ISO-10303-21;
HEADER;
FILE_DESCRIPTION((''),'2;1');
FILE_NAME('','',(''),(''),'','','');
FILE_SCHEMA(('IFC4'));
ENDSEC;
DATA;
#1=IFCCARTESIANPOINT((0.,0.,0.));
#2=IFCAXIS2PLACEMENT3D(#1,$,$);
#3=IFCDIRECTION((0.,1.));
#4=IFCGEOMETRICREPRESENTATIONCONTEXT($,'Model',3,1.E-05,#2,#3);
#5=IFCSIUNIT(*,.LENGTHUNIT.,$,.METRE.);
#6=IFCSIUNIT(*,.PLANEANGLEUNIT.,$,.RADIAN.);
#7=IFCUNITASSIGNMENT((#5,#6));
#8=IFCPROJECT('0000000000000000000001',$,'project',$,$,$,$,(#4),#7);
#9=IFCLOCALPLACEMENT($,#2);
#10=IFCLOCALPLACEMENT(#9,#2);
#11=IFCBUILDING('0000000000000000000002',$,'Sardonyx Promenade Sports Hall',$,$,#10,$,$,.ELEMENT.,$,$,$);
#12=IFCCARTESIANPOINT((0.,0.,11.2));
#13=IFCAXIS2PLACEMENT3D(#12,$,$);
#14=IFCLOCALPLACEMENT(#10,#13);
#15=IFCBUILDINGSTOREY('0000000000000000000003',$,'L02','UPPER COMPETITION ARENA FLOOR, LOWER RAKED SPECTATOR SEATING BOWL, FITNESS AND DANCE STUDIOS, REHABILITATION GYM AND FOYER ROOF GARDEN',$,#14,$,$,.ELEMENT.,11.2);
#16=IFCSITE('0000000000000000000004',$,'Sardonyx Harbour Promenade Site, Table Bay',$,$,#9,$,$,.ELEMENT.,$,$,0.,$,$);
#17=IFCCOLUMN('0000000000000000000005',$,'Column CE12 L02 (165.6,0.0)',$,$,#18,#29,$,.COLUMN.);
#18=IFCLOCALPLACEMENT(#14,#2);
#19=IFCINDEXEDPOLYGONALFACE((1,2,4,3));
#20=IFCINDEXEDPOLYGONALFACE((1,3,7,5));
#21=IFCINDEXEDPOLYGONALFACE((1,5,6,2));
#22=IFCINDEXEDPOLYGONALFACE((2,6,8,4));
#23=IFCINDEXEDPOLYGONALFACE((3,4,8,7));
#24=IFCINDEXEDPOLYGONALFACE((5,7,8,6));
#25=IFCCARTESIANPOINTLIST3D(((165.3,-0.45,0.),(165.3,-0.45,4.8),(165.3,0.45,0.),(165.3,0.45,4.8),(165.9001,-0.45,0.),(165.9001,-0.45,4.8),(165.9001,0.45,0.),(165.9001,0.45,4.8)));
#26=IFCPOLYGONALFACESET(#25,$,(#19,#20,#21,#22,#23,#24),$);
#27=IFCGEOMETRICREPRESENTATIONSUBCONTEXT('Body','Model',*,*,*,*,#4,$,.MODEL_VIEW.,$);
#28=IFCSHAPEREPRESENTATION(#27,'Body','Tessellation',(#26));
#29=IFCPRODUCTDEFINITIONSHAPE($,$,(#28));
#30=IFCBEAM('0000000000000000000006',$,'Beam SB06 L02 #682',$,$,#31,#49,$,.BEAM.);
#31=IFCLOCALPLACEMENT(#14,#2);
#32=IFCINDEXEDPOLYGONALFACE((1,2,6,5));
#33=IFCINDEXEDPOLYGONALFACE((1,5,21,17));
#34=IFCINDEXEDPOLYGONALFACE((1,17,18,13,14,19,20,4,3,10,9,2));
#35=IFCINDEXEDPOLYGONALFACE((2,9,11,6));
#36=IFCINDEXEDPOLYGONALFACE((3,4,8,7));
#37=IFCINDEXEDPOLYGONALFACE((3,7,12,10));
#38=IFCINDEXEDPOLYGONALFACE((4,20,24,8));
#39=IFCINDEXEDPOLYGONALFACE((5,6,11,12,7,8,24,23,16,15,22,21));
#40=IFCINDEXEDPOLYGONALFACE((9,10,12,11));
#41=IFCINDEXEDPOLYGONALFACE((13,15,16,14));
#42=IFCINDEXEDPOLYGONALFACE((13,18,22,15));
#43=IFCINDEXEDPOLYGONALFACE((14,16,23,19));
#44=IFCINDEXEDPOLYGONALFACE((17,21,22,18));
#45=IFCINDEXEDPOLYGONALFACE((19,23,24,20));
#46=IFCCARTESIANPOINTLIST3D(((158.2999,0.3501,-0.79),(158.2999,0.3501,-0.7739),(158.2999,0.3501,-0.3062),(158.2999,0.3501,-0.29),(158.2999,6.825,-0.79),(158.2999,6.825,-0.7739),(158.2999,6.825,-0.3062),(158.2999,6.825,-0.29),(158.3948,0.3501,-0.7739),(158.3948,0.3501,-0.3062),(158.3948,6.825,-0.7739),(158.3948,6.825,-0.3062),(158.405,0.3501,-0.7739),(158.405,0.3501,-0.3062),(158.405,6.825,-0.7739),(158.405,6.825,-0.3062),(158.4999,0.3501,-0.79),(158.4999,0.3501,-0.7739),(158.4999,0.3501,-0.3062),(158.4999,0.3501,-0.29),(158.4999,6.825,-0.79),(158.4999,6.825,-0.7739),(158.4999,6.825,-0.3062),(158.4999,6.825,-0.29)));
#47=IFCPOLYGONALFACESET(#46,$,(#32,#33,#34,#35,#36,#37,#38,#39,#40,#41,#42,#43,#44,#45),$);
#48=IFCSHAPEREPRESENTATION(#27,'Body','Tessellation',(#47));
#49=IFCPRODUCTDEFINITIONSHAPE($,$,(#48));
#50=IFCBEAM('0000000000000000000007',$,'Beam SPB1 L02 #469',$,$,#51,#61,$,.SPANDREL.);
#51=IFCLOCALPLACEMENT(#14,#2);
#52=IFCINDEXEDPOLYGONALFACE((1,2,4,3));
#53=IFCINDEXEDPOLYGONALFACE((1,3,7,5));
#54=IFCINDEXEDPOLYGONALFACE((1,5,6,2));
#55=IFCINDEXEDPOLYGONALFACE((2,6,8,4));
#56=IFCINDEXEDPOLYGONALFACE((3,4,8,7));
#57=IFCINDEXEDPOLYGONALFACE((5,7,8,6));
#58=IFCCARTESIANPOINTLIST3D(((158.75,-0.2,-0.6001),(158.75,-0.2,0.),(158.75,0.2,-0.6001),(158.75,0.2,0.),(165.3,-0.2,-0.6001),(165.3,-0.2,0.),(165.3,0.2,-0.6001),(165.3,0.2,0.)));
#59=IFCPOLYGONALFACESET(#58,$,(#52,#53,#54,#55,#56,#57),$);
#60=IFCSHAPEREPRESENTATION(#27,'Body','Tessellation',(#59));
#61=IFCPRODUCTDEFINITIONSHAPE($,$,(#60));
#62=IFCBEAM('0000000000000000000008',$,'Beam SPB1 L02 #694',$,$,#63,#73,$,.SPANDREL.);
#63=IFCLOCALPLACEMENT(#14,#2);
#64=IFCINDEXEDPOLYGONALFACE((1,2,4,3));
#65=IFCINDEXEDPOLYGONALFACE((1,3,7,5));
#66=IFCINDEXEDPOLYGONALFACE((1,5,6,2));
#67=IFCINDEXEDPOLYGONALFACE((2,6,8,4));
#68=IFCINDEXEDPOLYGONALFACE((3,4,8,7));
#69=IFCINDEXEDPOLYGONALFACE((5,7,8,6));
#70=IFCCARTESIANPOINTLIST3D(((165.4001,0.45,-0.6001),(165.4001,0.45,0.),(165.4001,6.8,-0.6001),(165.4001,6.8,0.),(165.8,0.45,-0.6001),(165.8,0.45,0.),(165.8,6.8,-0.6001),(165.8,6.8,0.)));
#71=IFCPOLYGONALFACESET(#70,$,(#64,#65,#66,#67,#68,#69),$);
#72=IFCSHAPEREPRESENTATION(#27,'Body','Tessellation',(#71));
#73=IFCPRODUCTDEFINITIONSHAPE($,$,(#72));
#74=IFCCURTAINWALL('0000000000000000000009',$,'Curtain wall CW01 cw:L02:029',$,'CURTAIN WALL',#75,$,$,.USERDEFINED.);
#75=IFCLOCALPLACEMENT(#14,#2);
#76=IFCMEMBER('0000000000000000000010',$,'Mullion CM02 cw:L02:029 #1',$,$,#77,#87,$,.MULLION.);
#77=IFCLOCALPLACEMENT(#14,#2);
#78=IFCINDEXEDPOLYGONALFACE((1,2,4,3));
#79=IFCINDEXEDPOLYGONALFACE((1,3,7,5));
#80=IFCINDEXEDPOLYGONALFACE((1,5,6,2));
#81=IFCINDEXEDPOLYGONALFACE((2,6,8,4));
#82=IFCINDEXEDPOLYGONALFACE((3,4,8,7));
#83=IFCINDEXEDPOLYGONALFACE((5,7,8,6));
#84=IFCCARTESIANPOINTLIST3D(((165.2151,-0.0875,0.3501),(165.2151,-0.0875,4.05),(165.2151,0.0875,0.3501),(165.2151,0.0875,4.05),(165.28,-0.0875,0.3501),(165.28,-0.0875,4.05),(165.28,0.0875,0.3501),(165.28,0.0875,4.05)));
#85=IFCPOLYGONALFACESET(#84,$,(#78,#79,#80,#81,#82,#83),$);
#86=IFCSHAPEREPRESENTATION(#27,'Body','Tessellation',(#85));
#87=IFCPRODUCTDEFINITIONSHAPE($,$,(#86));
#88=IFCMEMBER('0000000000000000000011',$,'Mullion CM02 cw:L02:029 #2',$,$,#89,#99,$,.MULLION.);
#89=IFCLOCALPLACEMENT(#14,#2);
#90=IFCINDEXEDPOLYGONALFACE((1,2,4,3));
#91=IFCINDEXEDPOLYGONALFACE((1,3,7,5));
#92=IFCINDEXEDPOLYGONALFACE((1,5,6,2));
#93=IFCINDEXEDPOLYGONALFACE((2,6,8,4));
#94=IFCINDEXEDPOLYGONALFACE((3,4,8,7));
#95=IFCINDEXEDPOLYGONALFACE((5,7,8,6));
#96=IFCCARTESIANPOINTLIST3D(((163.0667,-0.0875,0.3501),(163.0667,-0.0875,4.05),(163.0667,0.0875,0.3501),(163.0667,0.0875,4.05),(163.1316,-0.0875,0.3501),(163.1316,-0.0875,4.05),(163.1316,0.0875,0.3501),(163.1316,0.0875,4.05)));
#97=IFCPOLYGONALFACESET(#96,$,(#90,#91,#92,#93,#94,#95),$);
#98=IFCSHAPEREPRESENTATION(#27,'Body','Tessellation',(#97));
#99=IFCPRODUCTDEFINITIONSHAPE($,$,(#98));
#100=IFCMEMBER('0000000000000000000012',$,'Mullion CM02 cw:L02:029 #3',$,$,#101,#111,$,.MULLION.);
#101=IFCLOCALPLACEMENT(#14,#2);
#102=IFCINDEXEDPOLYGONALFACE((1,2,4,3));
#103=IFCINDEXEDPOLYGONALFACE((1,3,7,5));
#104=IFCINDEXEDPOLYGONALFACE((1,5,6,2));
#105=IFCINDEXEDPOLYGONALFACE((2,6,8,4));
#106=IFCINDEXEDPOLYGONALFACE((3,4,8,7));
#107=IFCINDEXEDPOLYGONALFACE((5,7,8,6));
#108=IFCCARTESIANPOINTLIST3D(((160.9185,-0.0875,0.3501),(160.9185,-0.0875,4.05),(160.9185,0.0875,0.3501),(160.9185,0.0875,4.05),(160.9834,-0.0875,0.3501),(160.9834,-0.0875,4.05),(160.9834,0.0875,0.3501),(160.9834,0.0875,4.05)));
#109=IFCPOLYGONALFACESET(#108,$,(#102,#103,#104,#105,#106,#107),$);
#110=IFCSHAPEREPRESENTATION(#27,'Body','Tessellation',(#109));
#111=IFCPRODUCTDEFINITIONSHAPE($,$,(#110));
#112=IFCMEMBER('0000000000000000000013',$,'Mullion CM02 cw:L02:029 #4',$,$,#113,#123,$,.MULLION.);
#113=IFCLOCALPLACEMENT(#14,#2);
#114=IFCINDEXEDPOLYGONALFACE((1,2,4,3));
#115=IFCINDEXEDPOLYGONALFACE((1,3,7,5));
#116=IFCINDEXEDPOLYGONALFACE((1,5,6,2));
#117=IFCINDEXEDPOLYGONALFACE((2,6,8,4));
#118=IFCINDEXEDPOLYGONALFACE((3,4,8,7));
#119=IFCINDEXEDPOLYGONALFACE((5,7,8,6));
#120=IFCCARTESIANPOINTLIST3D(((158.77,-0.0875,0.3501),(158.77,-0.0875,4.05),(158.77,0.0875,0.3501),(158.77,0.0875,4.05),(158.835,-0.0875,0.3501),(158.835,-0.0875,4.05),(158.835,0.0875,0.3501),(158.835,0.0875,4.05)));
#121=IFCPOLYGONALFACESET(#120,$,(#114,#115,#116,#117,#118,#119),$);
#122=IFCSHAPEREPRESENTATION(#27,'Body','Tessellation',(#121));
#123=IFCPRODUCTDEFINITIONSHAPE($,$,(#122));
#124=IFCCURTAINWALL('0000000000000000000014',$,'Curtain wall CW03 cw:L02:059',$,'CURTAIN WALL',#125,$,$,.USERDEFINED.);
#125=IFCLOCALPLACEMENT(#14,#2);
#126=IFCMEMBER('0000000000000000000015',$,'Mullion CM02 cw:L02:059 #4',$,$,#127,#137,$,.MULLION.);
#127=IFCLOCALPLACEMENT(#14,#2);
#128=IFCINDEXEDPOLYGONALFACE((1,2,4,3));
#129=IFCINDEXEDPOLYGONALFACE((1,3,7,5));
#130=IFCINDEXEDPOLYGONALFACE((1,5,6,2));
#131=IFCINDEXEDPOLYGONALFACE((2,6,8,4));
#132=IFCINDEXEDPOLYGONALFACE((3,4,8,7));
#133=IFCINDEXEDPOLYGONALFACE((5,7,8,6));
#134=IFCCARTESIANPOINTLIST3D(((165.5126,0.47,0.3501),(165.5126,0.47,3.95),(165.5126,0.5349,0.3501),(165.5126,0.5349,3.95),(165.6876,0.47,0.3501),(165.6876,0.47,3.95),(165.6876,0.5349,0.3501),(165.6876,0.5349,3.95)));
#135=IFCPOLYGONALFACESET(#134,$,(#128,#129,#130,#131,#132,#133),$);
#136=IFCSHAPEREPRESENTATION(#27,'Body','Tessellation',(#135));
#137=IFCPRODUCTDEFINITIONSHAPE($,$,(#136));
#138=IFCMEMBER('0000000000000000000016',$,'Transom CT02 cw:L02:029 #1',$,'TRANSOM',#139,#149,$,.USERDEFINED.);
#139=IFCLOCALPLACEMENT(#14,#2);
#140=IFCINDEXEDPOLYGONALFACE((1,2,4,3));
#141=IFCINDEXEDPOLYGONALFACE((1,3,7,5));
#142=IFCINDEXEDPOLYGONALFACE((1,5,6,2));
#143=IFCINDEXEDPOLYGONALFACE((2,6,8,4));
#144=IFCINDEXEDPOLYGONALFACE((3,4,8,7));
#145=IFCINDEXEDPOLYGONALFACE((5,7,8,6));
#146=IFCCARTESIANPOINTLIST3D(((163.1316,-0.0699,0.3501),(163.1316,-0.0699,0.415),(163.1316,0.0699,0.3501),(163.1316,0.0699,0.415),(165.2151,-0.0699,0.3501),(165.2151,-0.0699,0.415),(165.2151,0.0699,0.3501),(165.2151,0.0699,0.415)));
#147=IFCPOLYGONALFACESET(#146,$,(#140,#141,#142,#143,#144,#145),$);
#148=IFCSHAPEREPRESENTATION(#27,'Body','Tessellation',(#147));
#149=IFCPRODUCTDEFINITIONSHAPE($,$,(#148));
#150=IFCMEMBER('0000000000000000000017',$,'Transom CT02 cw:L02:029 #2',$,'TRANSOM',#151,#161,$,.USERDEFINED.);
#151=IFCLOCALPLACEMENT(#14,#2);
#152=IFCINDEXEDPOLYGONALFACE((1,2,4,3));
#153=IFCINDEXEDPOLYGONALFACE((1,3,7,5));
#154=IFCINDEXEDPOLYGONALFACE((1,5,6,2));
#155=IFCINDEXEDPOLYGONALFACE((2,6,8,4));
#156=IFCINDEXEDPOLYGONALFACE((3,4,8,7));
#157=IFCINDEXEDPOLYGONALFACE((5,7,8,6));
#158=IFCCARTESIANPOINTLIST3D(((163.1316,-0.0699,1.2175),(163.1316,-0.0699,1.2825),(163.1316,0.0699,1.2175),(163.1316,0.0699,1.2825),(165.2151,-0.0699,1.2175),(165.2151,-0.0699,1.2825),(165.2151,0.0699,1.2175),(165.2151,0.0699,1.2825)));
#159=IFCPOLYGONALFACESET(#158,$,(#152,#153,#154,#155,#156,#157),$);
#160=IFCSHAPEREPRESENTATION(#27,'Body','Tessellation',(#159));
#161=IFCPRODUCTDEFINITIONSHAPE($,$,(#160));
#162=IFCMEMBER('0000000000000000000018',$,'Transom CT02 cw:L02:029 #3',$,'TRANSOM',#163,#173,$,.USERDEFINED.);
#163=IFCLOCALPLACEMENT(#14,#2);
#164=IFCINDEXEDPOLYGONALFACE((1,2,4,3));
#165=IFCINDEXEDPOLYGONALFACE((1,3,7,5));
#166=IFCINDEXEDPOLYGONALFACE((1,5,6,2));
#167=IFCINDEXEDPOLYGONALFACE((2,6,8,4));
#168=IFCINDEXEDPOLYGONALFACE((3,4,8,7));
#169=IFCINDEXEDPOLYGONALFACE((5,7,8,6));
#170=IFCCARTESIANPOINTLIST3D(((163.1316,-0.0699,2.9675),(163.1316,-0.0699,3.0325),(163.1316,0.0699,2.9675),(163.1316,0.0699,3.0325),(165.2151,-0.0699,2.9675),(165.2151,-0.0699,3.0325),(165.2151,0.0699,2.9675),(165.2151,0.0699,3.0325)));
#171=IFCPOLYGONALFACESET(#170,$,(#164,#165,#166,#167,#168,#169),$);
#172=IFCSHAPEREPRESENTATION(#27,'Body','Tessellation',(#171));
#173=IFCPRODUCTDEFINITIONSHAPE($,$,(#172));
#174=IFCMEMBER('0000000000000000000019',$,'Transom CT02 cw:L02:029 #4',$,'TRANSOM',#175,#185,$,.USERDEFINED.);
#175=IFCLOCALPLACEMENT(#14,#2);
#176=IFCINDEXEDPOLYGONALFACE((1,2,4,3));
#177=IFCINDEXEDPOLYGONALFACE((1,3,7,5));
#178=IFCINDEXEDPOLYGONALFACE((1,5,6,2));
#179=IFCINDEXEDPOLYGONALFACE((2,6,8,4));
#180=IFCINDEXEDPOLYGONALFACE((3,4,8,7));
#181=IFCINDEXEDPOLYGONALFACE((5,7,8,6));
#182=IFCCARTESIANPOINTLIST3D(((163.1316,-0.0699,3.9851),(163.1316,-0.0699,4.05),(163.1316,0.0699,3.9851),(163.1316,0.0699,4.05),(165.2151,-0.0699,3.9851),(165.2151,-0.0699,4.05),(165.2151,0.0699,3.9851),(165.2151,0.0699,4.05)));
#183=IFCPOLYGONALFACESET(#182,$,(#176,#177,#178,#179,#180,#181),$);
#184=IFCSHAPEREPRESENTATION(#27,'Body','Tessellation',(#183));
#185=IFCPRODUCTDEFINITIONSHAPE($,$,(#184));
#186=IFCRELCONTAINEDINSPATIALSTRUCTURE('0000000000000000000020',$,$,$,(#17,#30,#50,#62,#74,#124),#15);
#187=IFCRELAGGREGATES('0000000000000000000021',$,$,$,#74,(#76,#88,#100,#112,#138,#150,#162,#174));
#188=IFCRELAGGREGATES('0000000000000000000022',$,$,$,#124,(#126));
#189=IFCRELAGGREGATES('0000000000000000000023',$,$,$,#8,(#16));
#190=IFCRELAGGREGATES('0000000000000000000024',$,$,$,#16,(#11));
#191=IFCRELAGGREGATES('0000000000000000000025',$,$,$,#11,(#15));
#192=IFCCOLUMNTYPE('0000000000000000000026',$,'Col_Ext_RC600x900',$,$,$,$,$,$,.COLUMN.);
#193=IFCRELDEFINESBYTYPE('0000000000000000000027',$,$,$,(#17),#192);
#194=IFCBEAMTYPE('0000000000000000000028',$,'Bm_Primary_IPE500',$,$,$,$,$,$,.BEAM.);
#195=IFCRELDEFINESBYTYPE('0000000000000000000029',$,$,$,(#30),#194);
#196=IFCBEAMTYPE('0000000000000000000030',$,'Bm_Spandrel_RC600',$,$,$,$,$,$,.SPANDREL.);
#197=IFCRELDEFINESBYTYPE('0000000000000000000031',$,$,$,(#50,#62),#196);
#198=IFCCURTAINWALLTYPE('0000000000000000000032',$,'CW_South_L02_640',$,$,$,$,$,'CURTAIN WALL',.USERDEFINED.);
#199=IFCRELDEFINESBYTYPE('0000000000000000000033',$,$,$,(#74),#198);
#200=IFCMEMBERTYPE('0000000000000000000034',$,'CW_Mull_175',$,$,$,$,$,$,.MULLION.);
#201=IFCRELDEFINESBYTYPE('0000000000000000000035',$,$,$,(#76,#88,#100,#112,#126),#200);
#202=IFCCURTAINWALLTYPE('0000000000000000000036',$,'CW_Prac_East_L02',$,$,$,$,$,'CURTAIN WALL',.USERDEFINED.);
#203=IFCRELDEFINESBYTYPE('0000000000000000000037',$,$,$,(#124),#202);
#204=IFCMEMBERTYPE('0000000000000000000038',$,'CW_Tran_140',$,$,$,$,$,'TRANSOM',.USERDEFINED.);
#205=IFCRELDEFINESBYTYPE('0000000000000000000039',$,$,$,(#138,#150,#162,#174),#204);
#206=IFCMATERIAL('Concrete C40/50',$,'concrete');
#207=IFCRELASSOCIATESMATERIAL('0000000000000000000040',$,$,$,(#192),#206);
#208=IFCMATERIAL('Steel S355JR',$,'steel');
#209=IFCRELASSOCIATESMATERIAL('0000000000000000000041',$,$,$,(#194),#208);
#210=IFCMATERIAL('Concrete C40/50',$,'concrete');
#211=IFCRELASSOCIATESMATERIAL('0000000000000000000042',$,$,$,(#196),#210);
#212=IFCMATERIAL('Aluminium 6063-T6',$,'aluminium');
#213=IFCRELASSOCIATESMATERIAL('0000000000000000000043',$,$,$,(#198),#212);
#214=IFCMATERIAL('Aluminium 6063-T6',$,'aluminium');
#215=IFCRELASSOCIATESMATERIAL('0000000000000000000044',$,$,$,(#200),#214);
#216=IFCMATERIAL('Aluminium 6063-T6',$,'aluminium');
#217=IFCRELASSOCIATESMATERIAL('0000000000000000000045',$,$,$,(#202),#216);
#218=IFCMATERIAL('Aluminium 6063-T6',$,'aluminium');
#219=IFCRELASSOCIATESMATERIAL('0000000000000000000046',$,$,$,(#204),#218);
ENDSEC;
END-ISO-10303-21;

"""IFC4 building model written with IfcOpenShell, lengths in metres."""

from ifc_helpers import new_model, si_unit, direction, frame, origin, origin_2d, place, context, subcontext, project, spatial, rectangle, i_section, extrude, material, material_profile, profile_set, type_object, element, aggregate, save


model = new_model("IFC4")

# Units and contexts
model_context = context("Model", 3, precision=1e-05, world=origin(), true_north=direction((0.0, 1.0)))
body_context = subcontext(model_context, "Body", "Model", "MODEL_VIEW")
ifc_project = project(units=[si_unit("LENGTHUNIT", "METRE"), si_unit("PLANEANGLEUNIT", "RADIAN")], contexts=[model_context])

# Site, building, storey
site_placement = place(None, origin())
site = spatial("IfcSite", under=ifc_project, at=site_placement, Name="Sardonyx Harbour Promenade Site, Table Bay", CompositionType="ELEMENT", RefElevation=0.0)
building_placement = place(site_placement, origin())
building = spatial("IfcBuilding", under=site, at=building_placement, Name="Sardonyx Promenade Sports Hall", CompositionType="ELEMENT")
storey_placement = place(building_placement, frame((0.0, 0.0, 11.2)))
storey = spatial("IfcBuildingStorey", under=building, at=storey_placement, Name="L02", Description="UPPER COMPETITION ARENA FLOOR, LOWER RAKED SPECTATOR SEATING BOWL, FITNESS AND DANCE STUDIOS, REHABILITATION GYM AND FOYER ROOF GARDEN", CompositionType="ELEMENT", Elevation=11.2)

# Column
ifc_material_1 = material(Name="Concrete C40/50", Category="concrete")
ifc_material_profile_1 = material_profile(ifc_material_1, rectangle(XDim=0.6001, YDim=0.8999, at=origin_2d()))
ifc_profile_set_1 = profile_set([ifc_material_profile_1], Name="Concrete C40/50")
column_type = type_object("IfcColumnType", Name="Col_Ext_RC600x900", PredefinedType="COLUMN", material=ifc_profile_set_1)
column_placement = place(storey_placement, frame((165.6001, 0.0, 0.0), z_axis=(0.0, 0.0, 1.0), x_axis=(1.0, 0.0, 0.0)))
element("IfcColumn", 1, at=column_placement, inside=storey, type_object=column_type, Name="Column CE12 L02 (165.6,0.0)", PredefinedType="COLUMN", context=body_context, shape_type="SweptSolid", body=[
    extrude(rectangle(XDim=0.6001, YDim=0.8999, at=origin_2d()), origin(), (0.0, 0.0, 1.0), 4.8),
])

# Beams
ifc_material_2 = material(Name="Steel S355JR", Category="steel")
ifc_material_profile_2 = material_profile(ifc_material_2, i_section(OverallWidth=0.2, OverallDepth=0.5, WebThickness=0.0103, FlangeThickness=0.0161, at=origin_2d()))
ifc_profile_set_2 = profile_set([ifc_material_profile_2], Name="Steel S355JR")
beam_type_1 = type_object("IfcBeamType", Name="Bm_Primary_IPE500", PredefinedType="BEAM", material=ifc_profile_set_2)
beam_1_placement = place(storey_placement, frame((158.3999, 0.3501, -0.54), z_axis=(0.0, 1.0, 0.0), x_axis=(-1.0, 0.0, 0.0)))
element("IfcBeam", 2, at=beam_1_placement, inside=storey, type_object=beam_type_1, Name="Beam SB06 L02 #682", PredefinedType="BEAM", context=body_context, shape_type="SweptSolid", body=[
    extrude(i_section(OverallWidth=0.2, OverallDepth=0.5, WebThickness=0.0103, FlangeThickness=0.0161, at=origin_2d()), origin(), (0.0, 0.0, 1.0), 6.4749),
])
ifc_material_3 = material(Name="Concrete C40/50", Category="concrete")
ifc_material_profile_3 = material_profile(ifc_material_3, rectangle(XDim=0.3999, YDim=0.6001, at=origin_2d()))
ifc_profile_set_3 = profile_set([ifc_material_profile_3], Name="Concrete C40/50")
beam_type_2 = type_object("IfcBeamType", Name="Bm_Spandrel_RC600", PredefinedType="SPANDREL", material=ifc_profile_set_3)
beam_2_placement = place(storey_placement, frame((158.75, 0.0, -0.3), z_axis=(1.0, 0.0, 0.0), x_axis=(0.0, 1.0, 0.0)))
element("IfcBeam", 3, at=beam_2_placement, inside=storey, type_object=beam_type_2, Name="Beam SPB1 L02 #469", PredefinedType="SPANDREL", context=body_context, shape_type="SweptSolid", body=[
    extrude(rectangle(XDim=0.3999, YDim=0.6001, at=origin_2d()), origin(), (0.0, 0.0, 1.0), 6.55),
])
beam_3_placement = place(storey_placement, frame((165.6001, 0.45, -0.3), z_axis=(0.0, 1.0, 0.0), x_axis=(-1.0, 0.0, 0.0)))
element("IfcBeam", 4, at=beam_3_placement, inside=storey, type_object=beam_type_2, Name="Beam SPB1 L02 #694", PredefinedType="SPANDREL", context=body_context, shape_type="SweptSolid", body=[
    extrude(rectangle(XDim=0.3999, YDim=0.6001, at=origin_2d()), origin(), (0.0, 0.0, 1.0), 6.3501),
])

# Curtain wall, members
ifc_material_4 = material(Name="Aluminium 6063-T6", Category="aluminium")
curtain_wall_type_1 = type_object("IfcCurtainWallType", Name="CW_South_L02_640", ElementType="CURTAIN WALL", PredefinedType="USERDEFINED", material=ifc_material_4)
curtain_wall_1_placement = place(storey_placement, origin())
curtain_wall_1 = element("IfcCurtainWall", 5, at=curtain_wall_1_placement, inside=storey, type_object=curtain_wall_type_1, Name="Curtain wall CW01 cw:L02:029", ObjectType="CURTAIN WALL", PredefinedType="USERDEFINED")
ifc_material_5 = material(Name="Aluminium 6063-T6", Category="aluminium")
ifc_material_profile_4 = material_profile(ifc_material_5, rectangle(XDim=0.0649, YDim=0.175, at=origin_2d()))
ifc_profile_set_4 = profile_set([ifc_material_profile_4], Name="Aluminium 6063-T6")
member_type_1 = type_object("IfcMemberType", Name="CW_Mull_175", PredefinedType="MULLION", material=ifc_profile_set_4)
member_1_placement = place(storey_placement, frame((165.2476, 0.0, 0.3501), z_axis=(0.0, 0.0, 1.0), x_axis=(-1.0, 0.0, 0.0)))
member_1 = element("IfcMember", 6, at=member_1_placement, type_object=member_type_1, Name="Mullion CM02 cw:L02:029 #1", PredefinedType="MULLION", context=body_context, shape_type="SweptSolid", body=[
    extrude(rectangle(XDim=0.0649, YDim=0.175, at=origin_2d()), origin(), (0.0, 0.0, 1.0), 3.7),
])
member_2_placement = place(storey_placement, frame((163.0991, 0.0, 0.3501), z_axis=(0.0, 0.0, 1.0), x_axis=(-1.0, 0.0, 0.0)))
member_2 = element("IfcMember", 7, at=member_2_placement, type_object=member_type_1, Name="Mullion CM02 cw:L02:029 #2", PredefinedType="MULLION", context=body_context, shape_type="SweptSolid", body=[
    extrude(rectangle(XDim=0.0649, YDim=0.175, at=origin_2d()), origin(), (0.0, 0.0, 1.0), 3.7),
])
member_3_placement = place(storey_placement, frame((160.9509, 0.0, 0.3501), z_axis=(0.0, 0.0, 1.0), x_axis=(-1.0, 0.0, 0.0)))
member_3 = element("IfcMember", 8, at=member_3_placement, type_object=member_type_1, Name="Mullion CM02 cw:L02:029 #3", PredefinedType="MULLION", context=body_context, shape_type="SweptSolid", body=[
    extrude(rectangle(XDim=0.0649, YDim=0.175, at=origin_2d()), origin(), (0.0, 0.0, 1.0), 3.7),
])
member_4_placement = place(storey_placement, frame((158.8025, 0.0, 0.3501), z_axis=(0.0, 0.0, 1.0), x_axis=(-1.0, 0.0, 0.0)))
member_4 = element("IfcMember", 9, at=member_4_placement, type_object=member_type_1, Name="Mullion CM02 cw:L02:029 #4", PredefinedType="MULLION", context=body_context, shape_type="SweptSolid", body=[
    extrude(rectangle(XDim=0.0649, YDim=0.175, at=origin_2d()), origin(), (0.0, 0.0, 1.0), 3.7),
])

# Curtain wall, member
ifc_material_6 = material(Name="Aluminium 6063-T6", Category="aluminium")
curtain_wall_type_2 = type_object("IfcCurtainWallType", Name="CW_Prac_East_L02", ElementType="CURTAIN WALL", PredefinedType="USERDEFINED", material=ifc_material_6)
curtain_wall_2_placement = place(storey_placement, origin())
curtain_wall_2 = element("IfcCurtainWall", 10, at=curtain_wall_2_placement, inside=storey, type_object=curtain_wall_type_2, Name="Curtain wall CW03 cw:L02:059", ObjectType="CURTAIN WALL", PredefinedType="USERDEFINED")
member_5_placement = place(storey_placement, frame((165.6001, 0.5024, 0.3501), z_axis=(0.0, 0.0, 1.0), x_axis=(0.0, -1.0, 0.0)))
member_5 = element("IfcMember", 11, at=member_5_placement, type_object=member_type_1, Name="Mullion CM02 cw:L02:059 #4", PredefinedType="MULLION", context=body_context, shape_type="SweptSolid", body=[
    extrude(rectangle(XDim=0.0649, YDim=0.175, at=origin_2d()), origin(), (0.0, 0.0, 1.0), 3.5999),
])

# Members
ifc_material_7 = material(Name="Aluminium 6063-T6", Category="aluminium")
ifc_material_profile_5 = material_profile(ifc_material_7, rectangle(XDim=0.0649, YDim=0.1399, at=origin_2d()))
ifc_profile_set_5 = profile_set([ifc_material_profile_5], Name="Aluminium 6063-T6")
member_type_2 = type_object("IfcMemberType", Name="CW_Tran_140", ElementType="TRANSOM", PredefinedType="USERDEFINED", material=ifc_profile_set_5)
member_6_placement = place(storey_placement, frame((165.2151, 0.0, 0.3826), z_axis=(-1.0, 0.0, 0.0), x_axis=(0.0, 0.0, 1.0)))
member_6 = element("IfcMember", 12, at=member_6_placement, type_object=member_type_2, Name="Transom CT02 cw:L02:029 #1", ObjectType="TRANSOM", PredefinedType="USERDEFINED", context=body_context, shape_type="SweptSolid", body=[
    extrude(rectangle(XDim=0.0649, YDim=0.1399, at=origin_2d()), origin(), (0.0, 0.0, 1.0), 2.0835),
])
member_7_placement = place(storey_placement, frame((165.2151, 0.0, 1.25), z_axis=(-1.0, 0.0, 0.0), x_axis=(0.0, 0.0, 1.0)))
member_7 = element("IfcMember", 13, at=member_7_placement, type_object=member_type_2, Name="Transom CT02 cw:L02:029 #2", ObjectType="TRANSOM", PredefinedType="USERDEFINED", context=body_context, shape_type="SweptSolid", body=[
    extrude(rectangle(XDim=0.0649, YDim=0.1399, at=origin_2d()), origin(), (0.0, 0.0, 1.0), 2.0835),
])
member_8_placement = place(storey_placement, frame((165.2151, 0.0, 3.0), z_axis=(-1.0, 0.0, 0.0), x_axis=(0.0, 0.0, 1.0)))
member_8 = element("IfcMember", 14, at=member_8_placement, type_object=member_type_2, Name="Transom CT02 cw:L02:029 #3", ObjectType="TRANSOM", PredefinedType="USERDEFINED", context=body_context, shape_type="SweptSolid", body=[
    extrude(rectangle(XDim=0.0649, YDim=0.1399, at=origin_2d()), origin(), (0.0, 0.0, 1.0), 2.0835),
])
member_9_placement = place(storey_placement, frame((165.2151, 0.0, 4.0176), z_axis=(-1.0, 0.0, 0.0), x_axis=(0.0, 0.0, 1.0)))
member_9 = element("IfcMember", 15, at=member_9_placement, type_object=member_type_2, Name="Transom CT02 cw:L02:029 #4", ObjectType="TRANSOM", PredefinedType="USERDEFINED", context=body_context, shape_type="SweptSolid", body=[
    extrude(rectangle(XDim=0.0649, YDim=0.1399, at=origin_2d()), origin(), (0.0, 0.0, 1.0), 2.0835),
])

aggregate(curtain_wall_1, [member_1, member_2, member_3, member_4, member_6, member_7, member_8, member_9])
aggregate(curtain_wall_2, [member_5])

save(model, "model.ifc")
